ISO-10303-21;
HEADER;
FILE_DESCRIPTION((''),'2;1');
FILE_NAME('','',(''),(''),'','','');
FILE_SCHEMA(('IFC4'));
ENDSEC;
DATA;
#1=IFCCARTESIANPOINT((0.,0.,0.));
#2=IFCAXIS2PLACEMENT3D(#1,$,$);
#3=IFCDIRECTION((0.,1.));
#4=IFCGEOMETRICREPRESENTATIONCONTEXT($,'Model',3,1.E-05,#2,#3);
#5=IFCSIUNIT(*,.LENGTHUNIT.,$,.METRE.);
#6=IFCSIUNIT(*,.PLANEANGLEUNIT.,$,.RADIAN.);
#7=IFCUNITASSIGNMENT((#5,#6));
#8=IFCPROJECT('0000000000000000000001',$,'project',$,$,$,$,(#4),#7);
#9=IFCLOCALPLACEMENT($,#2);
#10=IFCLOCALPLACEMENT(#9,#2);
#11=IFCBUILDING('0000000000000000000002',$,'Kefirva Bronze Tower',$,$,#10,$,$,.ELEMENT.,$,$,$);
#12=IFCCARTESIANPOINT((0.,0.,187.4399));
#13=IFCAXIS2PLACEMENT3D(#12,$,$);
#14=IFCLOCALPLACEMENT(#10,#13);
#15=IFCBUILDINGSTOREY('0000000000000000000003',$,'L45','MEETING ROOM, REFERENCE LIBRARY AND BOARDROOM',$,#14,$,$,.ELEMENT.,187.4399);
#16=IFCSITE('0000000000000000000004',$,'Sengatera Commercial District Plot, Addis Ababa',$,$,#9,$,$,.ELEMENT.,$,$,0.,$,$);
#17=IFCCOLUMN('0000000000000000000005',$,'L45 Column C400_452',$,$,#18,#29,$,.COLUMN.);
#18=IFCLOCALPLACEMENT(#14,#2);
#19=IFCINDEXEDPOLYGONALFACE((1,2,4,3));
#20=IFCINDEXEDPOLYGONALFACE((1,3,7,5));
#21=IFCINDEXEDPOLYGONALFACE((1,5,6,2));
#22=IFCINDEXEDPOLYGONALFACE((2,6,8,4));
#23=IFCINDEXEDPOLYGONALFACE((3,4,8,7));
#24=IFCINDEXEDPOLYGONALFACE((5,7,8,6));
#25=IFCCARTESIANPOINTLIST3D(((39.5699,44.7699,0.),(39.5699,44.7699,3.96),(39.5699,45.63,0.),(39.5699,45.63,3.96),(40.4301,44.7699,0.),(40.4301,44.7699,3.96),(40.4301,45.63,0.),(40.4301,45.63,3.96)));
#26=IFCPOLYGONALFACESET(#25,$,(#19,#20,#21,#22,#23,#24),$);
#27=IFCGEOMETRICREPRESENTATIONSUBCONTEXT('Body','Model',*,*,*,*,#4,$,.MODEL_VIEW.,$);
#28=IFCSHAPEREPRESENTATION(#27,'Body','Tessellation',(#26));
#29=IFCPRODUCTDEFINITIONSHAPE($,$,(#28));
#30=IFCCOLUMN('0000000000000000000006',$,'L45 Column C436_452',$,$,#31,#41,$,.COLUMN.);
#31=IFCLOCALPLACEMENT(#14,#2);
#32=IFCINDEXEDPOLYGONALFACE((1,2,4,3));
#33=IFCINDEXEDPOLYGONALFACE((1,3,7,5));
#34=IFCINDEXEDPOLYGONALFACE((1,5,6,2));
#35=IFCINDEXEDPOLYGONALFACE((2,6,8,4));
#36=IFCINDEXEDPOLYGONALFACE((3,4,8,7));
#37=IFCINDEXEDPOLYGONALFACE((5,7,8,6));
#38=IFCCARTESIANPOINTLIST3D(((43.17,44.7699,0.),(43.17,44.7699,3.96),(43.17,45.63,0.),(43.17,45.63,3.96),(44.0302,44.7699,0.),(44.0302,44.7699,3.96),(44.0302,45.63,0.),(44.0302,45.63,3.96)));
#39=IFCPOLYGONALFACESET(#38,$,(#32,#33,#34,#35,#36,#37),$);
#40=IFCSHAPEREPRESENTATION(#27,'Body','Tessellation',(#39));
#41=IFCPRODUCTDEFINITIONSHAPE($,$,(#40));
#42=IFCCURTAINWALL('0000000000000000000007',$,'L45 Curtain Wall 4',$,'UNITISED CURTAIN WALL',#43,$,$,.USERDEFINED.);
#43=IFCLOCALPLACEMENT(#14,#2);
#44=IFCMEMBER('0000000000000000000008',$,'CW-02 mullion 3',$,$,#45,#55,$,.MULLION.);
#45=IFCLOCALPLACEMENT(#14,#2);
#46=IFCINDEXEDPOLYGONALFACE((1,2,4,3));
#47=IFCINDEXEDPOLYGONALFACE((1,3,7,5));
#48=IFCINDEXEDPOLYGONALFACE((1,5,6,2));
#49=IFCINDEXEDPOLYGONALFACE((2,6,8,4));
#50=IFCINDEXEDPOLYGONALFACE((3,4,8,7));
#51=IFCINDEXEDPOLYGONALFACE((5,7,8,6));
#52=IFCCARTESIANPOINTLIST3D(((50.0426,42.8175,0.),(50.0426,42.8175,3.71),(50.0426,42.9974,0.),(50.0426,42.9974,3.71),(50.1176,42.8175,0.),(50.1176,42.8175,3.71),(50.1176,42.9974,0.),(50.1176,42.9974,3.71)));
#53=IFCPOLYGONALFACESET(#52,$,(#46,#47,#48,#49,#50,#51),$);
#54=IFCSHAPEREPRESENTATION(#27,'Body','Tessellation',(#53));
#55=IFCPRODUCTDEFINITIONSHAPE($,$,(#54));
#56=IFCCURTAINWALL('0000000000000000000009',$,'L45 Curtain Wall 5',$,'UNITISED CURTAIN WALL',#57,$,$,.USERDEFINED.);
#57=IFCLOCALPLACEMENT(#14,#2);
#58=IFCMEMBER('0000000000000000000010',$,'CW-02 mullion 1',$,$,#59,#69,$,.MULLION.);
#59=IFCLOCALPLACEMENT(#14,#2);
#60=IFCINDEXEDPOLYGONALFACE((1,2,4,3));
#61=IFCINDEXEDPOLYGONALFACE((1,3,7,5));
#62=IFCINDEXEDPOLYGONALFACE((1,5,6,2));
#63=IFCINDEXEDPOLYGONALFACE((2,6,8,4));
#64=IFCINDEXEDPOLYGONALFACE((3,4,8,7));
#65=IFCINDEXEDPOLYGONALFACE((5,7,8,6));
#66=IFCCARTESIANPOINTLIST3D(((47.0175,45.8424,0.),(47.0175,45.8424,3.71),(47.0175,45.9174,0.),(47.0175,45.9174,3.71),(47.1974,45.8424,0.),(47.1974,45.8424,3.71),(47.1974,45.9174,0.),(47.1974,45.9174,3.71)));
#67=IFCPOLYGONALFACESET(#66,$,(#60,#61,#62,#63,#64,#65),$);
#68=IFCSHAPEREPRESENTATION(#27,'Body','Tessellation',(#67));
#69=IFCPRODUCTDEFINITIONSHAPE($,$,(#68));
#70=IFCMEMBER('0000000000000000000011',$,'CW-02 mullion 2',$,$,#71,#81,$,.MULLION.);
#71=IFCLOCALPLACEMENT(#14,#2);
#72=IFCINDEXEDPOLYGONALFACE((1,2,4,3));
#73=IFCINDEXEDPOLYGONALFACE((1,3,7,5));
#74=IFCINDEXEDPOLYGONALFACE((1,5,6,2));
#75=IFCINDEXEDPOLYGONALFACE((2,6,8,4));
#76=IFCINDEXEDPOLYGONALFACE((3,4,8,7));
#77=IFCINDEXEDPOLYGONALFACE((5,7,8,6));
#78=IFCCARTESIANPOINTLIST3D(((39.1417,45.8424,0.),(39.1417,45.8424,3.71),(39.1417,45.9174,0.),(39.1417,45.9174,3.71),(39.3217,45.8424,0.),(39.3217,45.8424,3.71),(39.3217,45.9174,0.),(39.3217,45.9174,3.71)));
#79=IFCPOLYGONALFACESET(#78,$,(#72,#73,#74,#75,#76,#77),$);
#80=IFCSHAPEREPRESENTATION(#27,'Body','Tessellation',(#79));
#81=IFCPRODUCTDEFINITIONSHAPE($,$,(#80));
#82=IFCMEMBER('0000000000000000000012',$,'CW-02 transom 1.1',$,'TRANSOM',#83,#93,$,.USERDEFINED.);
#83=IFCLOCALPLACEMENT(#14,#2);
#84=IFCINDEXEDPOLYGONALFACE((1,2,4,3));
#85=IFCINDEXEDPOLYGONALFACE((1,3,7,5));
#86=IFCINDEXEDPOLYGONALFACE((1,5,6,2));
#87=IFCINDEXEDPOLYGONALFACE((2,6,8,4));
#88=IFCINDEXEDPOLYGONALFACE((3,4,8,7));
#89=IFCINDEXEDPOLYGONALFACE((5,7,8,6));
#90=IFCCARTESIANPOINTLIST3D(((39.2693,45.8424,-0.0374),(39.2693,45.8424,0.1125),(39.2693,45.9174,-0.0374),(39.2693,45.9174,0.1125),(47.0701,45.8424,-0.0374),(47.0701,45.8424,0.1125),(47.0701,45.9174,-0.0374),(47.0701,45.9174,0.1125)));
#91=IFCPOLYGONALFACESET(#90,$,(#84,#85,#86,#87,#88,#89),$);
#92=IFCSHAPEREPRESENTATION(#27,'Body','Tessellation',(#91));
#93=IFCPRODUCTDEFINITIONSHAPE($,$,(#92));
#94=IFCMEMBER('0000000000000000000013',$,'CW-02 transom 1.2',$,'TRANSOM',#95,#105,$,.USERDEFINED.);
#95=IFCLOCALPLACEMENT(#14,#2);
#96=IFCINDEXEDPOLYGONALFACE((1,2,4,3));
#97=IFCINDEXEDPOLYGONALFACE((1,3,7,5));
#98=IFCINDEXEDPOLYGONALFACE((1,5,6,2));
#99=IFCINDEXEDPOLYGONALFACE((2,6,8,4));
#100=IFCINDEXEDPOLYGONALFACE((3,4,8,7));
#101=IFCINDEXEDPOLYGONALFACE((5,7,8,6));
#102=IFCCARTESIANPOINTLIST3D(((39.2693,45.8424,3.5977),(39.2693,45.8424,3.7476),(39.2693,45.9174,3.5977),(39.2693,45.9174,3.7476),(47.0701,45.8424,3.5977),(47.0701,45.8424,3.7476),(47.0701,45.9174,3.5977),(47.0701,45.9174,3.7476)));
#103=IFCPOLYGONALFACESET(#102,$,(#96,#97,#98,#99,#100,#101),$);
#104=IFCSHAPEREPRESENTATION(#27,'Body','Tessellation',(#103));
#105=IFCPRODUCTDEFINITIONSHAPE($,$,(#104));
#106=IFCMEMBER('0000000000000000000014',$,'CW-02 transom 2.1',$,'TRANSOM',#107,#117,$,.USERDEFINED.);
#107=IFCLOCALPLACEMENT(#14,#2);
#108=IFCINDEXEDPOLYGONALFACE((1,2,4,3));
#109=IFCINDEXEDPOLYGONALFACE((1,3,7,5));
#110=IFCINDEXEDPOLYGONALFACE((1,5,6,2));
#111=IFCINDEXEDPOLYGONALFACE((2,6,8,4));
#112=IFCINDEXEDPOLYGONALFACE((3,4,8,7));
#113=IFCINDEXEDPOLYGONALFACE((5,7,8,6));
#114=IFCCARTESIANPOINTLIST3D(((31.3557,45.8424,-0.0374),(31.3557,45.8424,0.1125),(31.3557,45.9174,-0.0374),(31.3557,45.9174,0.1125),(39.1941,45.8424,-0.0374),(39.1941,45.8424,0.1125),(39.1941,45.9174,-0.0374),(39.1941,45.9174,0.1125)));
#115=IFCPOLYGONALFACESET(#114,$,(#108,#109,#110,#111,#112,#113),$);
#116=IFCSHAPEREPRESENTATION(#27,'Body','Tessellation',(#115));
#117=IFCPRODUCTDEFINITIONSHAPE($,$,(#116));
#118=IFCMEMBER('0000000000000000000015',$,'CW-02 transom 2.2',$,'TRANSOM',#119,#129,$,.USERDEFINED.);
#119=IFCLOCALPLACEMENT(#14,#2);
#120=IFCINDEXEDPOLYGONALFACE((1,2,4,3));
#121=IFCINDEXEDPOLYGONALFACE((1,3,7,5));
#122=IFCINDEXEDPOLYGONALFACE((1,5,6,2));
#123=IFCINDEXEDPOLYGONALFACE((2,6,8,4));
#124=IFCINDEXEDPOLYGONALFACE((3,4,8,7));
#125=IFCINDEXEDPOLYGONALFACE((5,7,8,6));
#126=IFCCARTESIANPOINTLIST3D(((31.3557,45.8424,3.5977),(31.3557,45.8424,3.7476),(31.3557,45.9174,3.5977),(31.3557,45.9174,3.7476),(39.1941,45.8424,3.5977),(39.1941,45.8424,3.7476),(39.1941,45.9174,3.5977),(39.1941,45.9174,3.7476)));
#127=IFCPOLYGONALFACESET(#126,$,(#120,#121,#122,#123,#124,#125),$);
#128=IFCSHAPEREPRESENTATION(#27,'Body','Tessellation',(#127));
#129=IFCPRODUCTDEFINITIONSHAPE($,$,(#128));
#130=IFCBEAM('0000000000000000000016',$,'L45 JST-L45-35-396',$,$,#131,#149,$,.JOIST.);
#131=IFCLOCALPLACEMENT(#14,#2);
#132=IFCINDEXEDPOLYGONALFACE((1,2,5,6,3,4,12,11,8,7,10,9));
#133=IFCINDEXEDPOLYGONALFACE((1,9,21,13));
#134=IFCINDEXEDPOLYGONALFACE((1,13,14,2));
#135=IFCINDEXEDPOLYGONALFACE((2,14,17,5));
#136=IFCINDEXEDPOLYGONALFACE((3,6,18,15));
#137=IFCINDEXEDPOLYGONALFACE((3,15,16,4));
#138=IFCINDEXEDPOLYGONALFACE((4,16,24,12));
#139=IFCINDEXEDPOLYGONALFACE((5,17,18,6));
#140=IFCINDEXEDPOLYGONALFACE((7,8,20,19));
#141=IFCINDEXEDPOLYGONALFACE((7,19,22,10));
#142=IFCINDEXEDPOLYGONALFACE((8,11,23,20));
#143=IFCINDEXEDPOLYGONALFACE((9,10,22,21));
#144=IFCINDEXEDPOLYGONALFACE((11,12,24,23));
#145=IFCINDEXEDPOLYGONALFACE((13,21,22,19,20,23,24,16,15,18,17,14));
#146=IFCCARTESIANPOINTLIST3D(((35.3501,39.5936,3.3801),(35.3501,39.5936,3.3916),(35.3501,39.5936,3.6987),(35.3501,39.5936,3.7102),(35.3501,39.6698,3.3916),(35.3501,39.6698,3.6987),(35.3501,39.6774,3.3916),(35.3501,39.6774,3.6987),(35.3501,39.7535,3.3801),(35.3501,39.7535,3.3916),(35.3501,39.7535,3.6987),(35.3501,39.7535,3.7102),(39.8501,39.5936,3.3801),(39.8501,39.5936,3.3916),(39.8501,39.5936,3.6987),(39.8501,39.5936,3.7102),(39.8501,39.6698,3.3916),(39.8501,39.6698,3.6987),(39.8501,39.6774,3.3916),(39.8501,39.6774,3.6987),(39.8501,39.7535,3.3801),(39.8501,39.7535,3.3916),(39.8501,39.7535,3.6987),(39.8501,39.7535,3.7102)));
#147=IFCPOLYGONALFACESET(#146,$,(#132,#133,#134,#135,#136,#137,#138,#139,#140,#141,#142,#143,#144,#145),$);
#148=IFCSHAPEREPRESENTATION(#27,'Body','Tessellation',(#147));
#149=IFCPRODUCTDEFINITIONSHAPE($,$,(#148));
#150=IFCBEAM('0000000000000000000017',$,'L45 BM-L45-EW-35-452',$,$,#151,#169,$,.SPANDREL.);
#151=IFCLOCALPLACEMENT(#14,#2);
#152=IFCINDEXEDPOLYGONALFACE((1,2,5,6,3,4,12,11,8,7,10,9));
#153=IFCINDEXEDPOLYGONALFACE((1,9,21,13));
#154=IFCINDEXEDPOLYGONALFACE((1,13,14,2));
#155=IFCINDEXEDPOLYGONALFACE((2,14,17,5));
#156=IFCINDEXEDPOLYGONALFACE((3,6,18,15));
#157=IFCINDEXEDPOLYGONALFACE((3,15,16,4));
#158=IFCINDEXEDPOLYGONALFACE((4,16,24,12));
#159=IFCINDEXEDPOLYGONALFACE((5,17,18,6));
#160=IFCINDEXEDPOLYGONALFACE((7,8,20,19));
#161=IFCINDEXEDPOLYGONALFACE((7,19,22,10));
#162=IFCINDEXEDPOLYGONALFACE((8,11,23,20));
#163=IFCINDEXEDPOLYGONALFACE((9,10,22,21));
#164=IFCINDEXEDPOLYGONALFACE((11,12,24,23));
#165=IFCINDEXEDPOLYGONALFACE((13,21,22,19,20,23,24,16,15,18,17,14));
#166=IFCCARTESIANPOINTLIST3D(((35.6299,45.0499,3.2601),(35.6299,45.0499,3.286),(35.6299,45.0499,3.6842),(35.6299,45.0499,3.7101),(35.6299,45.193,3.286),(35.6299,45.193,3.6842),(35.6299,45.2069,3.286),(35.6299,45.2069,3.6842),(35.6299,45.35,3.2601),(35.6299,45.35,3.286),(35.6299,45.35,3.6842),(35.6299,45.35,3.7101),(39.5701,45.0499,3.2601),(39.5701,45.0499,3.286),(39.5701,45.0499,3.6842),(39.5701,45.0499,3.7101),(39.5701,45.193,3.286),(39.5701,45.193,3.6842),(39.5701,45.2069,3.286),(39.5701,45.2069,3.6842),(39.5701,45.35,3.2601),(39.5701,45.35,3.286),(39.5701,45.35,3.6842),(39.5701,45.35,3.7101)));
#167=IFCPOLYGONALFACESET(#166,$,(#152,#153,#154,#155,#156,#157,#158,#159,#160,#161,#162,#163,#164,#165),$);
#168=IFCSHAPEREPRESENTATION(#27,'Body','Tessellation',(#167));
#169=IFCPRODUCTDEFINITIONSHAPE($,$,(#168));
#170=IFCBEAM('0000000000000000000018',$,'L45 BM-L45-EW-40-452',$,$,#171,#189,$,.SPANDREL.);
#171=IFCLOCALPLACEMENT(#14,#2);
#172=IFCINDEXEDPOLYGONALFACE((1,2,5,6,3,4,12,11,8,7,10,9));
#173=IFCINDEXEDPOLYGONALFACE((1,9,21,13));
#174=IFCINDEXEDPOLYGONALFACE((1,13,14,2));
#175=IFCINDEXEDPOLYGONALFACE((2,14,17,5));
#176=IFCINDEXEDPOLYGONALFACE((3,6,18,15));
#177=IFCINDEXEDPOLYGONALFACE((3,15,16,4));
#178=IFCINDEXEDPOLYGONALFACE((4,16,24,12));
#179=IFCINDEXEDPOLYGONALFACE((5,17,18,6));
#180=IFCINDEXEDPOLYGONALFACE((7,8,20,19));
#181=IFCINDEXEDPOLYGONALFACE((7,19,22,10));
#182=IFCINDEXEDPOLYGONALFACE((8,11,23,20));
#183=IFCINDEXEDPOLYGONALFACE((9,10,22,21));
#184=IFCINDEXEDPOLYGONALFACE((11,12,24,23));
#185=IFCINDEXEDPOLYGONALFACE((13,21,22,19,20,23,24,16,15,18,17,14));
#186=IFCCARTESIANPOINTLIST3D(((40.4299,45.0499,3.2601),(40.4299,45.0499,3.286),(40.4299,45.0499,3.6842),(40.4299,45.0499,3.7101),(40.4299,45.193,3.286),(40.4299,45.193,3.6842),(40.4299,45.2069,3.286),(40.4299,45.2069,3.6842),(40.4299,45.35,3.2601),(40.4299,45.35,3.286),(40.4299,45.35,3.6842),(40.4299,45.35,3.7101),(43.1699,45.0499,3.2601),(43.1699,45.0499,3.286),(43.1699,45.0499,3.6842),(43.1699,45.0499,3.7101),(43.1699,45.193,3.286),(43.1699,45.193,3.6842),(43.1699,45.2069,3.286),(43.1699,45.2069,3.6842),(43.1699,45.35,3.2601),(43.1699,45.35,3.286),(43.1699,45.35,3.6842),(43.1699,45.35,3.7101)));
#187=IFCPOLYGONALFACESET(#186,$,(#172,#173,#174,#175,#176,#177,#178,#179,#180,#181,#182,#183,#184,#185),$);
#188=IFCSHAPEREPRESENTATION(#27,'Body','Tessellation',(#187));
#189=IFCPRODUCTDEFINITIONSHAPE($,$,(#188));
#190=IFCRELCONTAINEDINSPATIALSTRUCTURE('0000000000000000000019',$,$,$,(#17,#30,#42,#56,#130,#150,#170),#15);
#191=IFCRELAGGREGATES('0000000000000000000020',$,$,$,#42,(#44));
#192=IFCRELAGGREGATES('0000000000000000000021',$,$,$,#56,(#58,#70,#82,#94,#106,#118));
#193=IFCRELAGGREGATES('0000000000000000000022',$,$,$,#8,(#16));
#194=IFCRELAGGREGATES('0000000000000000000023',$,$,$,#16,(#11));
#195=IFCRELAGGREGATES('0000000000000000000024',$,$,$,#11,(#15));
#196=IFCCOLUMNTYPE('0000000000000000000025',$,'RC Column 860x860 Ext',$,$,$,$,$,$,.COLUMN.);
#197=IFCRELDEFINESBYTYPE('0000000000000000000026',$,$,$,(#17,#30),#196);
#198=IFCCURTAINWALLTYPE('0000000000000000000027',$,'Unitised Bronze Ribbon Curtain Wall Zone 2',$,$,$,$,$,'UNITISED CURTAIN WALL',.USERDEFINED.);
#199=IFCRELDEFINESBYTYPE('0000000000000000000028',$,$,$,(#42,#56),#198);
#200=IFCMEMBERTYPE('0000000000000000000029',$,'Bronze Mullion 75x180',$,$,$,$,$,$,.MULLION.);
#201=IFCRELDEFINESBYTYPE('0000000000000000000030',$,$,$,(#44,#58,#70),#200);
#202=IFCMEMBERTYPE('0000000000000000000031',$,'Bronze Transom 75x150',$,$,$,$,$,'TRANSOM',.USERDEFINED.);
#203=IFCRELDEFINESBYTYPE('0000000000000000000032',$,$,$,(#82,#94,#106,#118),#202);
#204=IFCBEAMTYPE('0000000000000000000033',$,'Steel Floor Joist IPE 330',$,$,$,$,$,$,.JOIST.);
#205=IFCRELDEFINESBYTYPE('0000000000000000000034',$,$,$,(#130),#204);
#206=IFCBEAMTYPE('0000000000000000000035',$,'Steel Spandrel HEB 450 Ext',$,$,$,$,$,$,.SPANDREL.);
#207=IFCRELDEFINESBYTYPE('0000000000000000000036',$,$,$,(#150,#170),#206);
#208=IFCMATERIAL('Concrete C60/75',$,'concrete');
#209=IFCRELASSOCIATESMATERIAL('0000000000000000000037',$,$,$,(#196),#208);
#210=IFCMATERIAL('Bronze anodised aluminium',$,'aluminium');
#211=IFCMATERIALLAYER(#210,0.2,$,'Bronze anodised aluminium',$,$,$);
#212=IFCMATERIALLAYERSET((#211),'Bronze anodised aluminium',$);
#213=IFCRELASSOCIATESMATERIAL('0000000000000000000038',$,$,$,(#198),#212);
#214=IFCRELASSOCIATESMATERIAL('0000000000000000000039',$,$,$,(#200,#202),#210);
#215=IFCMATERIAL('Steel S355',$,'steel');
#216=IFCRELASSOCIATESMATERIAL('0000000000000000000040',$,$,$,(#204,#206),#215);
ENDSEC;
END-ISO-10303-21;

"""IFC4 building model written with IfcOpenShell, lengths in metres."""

from ifc_helpers import new_model, si_unit, direction, frame, origin, origin_2d, place, context, subcontext, project, spatial, rectangle, i_section, extrude, material, layer, layer_set, material_profile, profile_set, type_object, element, aggregate, save


model = new_model("IFC4")

# Units and contexts
model_context = context("Model", 3, precision=1e-05, world=origin(), true_north=direction((0.0, 1.0)))
body_context = subcontext(model_context, "Body", "Model", "MODEL_VIEW")
ifc_project = project(units=[si_unit("LENGTHUNIT", "METRE"), si_unit("PLANEANGLEUNIT", "RADIAN")], contexts=[model_context])

# Site, building, storey
site_placement = place(None, origin())
site = spatial("IfcSite", under=ifc_project, at=site_placement, Name="Sengatera Commercial District Plot, Addis Ababa", CompositionType="ELEMENT", RefElevation=0.0)
building_placement = place(site_placement, origin())
building = spatial("IfcBuilding", under=site, at=building_placement, Name="Kefirva Bronze Tower", CompositionType="ELEMENT")
storey_placement = place(building_placement, frame((0.0, 0.0, 187.4399)))
storey = spatial("IfcBuildingStorey", under=building, at=storey_placement, Name="L45", Description="MEETING ROOM, REFERENCE LIBRARY AND BOARDROOM", CompositionType="ELEMENT", Elevation=187.4399)

# Columns
ifc_material_1 = material(Name="Concrete C60/75", Category="concrete")
ifc_material_profile_1 = material_profile(ifc_material_1, rectangle(XDim=0.8601, YDim=0.8601, at=origin_2d()), Name="RC 860x860")
ifc_profile_set_1 = profile_set([ifc_material_profile_1], Name="Concrete C60/75")
column_type = type_object("IfcColumnType", Name="RC Column 860x860 Ext", PredefinedType="COLUMN", material=ifc_profile_set_1)
for number, where, z_axis, x_axis, name in (
    (1, (40.0, 45.2, 0.0), (0.0, 0.0, 1.0), (1.0, 0.0, 0.0), "L45 Column C400_452"),
    (2, (43.6001, 45.2, 0.0), (0.0, 0.0, 1.0), (1.0, 0.0, 0.0), "L45 Column C436_452"),
):
    element("IfcColumn", number, at=place(storey_placement, frame(where, z_axis=z_axis, x_axis=x_axis)), inside=storey, type_object=column_type, Name=name, PredefinedType="COLUMN", context=body_context, shape_type="SweptSolid", body=[
        extrude(rectangle(XDim=0.8601, YDim=0.8601, at=origin_2d()), origin(), (0.0, 0.0, 1.0), 3.96),
    ])

# Curtain wall, member
ifc_material_2 = material(Name="Bronze anodised aluminium", Category="aluminium")
ifc_layer_1 = layer(ifc_material_2, 0.2, Name="Bronze anodised aluminium")
ifc_layer_set_1 = layer_set([ifc_layer_1], Name="Bronze anodised aluminium")
curtain_wall_type = type_object("IfcCurtainWallType", Name="Unitised Bronze Ribbon Curtain Wall Zone 2", ElementType="UNITISED CURTAIN WALL", PredefinedType="USERDEFINED", material=ifc_layer_set_1)
curtain_wall_1_placement = place(storey_placement, origin())
curtain_wall_1 = element("IfcCurtainWall", 3, at=curtain_wall_1_placement, inside=storey, type_object=curtain_wall_type, Name="L45 Curtain Wall 4", ObjectType="UNITISED CURTAIN WALL", PredefinedType="USERDEFINED")
ifc_material_profile_2 = material_profile(ifc_material_2, rectangle(XDim=0.075, YDim=0.1799, at=origin_2d()), Name="ALU 75x180")
ifc_profile_set_2 = profile_set([ifc_material_profile_2], Name="Bronze anodised aluminium")
member_type_1 = type_object("IfcMemberType", Name="Bronze Mullion 75x180", PredefinedType="MULLION", material=ifc_profile_set_2)
member_1_placement = place(storey_placement, frame((50.0801, 42.9075, 0.0), z_axis=(0.0, 0.0, 1.0), x_axis=(-1.0, 0.0, 0.0)))
member_1 = element("IfcMember", 4, at=member_1_placement, type_object=member_type_1, Name="CW-02 mullion 3", PredefinedType="MULLION", context=body_context, shape_type="SweptSolid", body=[
    extrude(rectangle(XDim=0.075, YDim=0.1799, at=origin_2d()), origin(), (0.0, 0.0, 1.0), 3.71),
])
aggregate(curtain_wall_1, [member_1])

# Curtain wall, members
curtain_wall_2_placement = place(storey_placement, origin())
curtain_wall_2 = element("IfcCurtainWall", 5, at=curtain_wall_2_placement, inside=storey, type_object=curtain_wall_type, Name="L45 Curtain Wall 5", ObjectType="UNITISED CURTAIN WALL", PredefinedType="USERDEFINED")
member_2_placement = place(storey_placement, frame((47.1074, 45.8799, 0.0), z_axis=(0.0, 0.0, 1.0), x_axis=(0.0, -1.0, 0.0)))
member_2 = element("IfcMember", 6, at=member_2_placement, type_object=member_type_1, Name="CW-02 mullion 1", PredefinedType="MULLION", context=body_context, shape_type="SweptSolid", body=[
    extrude(rectangle(XDim=0.075, YDim=0.1799, at=origin_2d()), origin(), (0.0, 0.0, 1.0), 3.71),
])
member_3_placement = place(storey_placement, frame((39.2317, 45.8799, 0.0), z_axis=(0.0, 0.0, 1.0), x_axis=(0.0, -1.0, 0.0)))
member_3 = element("IfcMember", 7, at=member_3_placement, type_object=member_type_1, Name="CW-02 mullion 2", PredefinedType="MULLION", context=body_context, shape_type="SweptSolid", body=[
    extrude(rectangle(XDim=0.075, YDim=0.1799, at=origin_2d()), origin(), (0.0, 0.0, 1.0), 3.71),
])
ifc_material_profile_3 = material_profile(ifc_material_2, rectangle(XDim=0.075, YDim=0.1499, at=origin_2d()), Name="ALU 75x150")
ifc_profile_set_3 = profile_set([ifc_material_profile_3], Name="Bronze anodised aluminium")
member_type_2 = type_object("IfcMemberType", Name="Bronze Transom 75x150", ElementType="TRANSOM", PredefinedType="USERDEFINED", material=ifc_profile_set_3)
member_4_placement = place(storey_placement, frame((47.0701, 45.8799, 0.0376), z_axis=(-1.0, 0.0, 0.0), x_axis=(0.0, -1.0, 0.0)))
member_4 = element("IfcMember", 8, at=member_4_placement, type_object=member_type_2, Name="CW-02 transom 1.1", ObjectType="TRANSOM", PredefinedType="USERDEFINED", context=body_context, shape_type="SweptSolid", body=[
    extrude(rectangle(XDim=0.075, YDim=0.1499, at=origin_2d()), origin(), (0.0, 0.0, 1.0), 7.8008),
])
member_5_placement = place(storey_placement, frame((47.0701, 45.8799, 3.6726), z_axis=(-1.0, 0.0, 0.0), x_axis=(0.0, -1.0, 0.0)))
member_5 = element("IfcMember", 9, at=member_5_placement, type_object=member_type_2, Name="CW-02 transom 1.2", ObjectType="TRANSOM", PredefinedType="USERDEFINED", context=body_context, shape_type="SweptSolid", body=[
    extrude(rectangle(XDim=0.075, YDim=0.1499, at=origin_2d()), origin(), (0.0, 0.0, 1.0), 7.8008),
])
member_6_placement = place(storey_placement, frame((39.1941, 45.8799, 0.0376), z_axis=(-1.0, 0.0, 0.0), x_axis=(0.0, -1.0, 0.0)))
member_6 = element("IfcMember", 10, at=member_6_placement, type_object=member_type_2, Name="CW-02 transom 2.1", ObjectType="TRANSOM", PredefinedType="USERDEFINED", context=body_context, shape_type="SweptSolid", body=[
    extrude(rectangle(XDim=0.075, YDim=0.1499, at=origin_2d()), origin(), (0.0, 0.0, 1.0), 7.8384),
])
member_7_placement = place(storey_placement, frame((39.1941, 45.8799, 3.6726), z_axis=(-1.0, 0.0, 0.0), x_axis=(0.0, -1.0, 0.0)))
member_7 = element("IfcMember", 11, at=member_7_placement, type_object=member_type_2, Name="CW-02 transom 2.2", ObjectType="TRANSOM", PredefinedType="USERDEFINED", context=body_context, shape_type="SweptSolid", body=[
    extrude(rectangle(XDim=0.075, YDim=0.1499, at=origin_2d()), origin(), (0.0, 0.0, 1.0), 7.8384),
])

# Beams
ifc_material_3 = material(Name="Steel S355", Category="steel")
ifc_material_profile_4 = material_profile(ifc_material_3, i_section(OverallWidth=0.1599, OverallDepth=0.3301, WebThickness=0.0076, FlangeThickness=0.0115, at=origin_2d()), Name="IPE 330")
ifc_profile_set_4 = profile_set([ifc_material_profile_4], Name="Steel S355")
beam_type_1 = type_object("IfcBeamType", Name="Steel Floor Joist IPE 330", PredefinedType="JOIST", material=ifc_profile_set_4)
beam_1_placement = place(storey_placement, frame((35.3501, 39.6736, 3.5452), z_axis=(1.0, 0.0, 0.0), x_axis=(0.0, 1.0, 0.0)))
element("IfcBeam", 12, at=beam_1_placement, inside=storey, type_object=beam_type_1, Name="L45 JST-L45-35-396", PredefinedType="JOIST", context=body_context, shape_type="SweptSolid", body=[
    extrude(i_section(OverallWidth=0.1599, OverallDepth=0.3301, WebThickness=0.0076, FlangeThickness=0.0115, at=origin_2d()), origin(), (0.0, 0.0, 1.0), 4.5),
])
ifc_material_profile_5 = material_profile(ifc_material_3, i_section(OverallWidth=0.3, OverallDepth=0.45, WebThickness=0.0139, FlangeThickness=0.0259, at=origin_2d()), Name="HEB 450")
ifc_profile_set_5 = profile_set([ifc_material_profile_5], Name="Steel S355")
beam_type_2 = type_object("IfcBeamType", Name="Steel Spandrel HEB 450 Ext", PredefinedType="SPANDREL", material=ifc_profile_set_5)
beam_2_placement = place(storey_placement, frame((35.6299, 45.2, 3.4851), z_axis=(1.0, 0.0, 0.0), x_axis=(0.0, 1.0, 0.0)))
element("IfcBeam", 13, at=beam_2_placement, inside=storey, type_object=beam_type_2, Name="L45 BM-L45-EW-35-452", PredefinedType="SPANDREL", context=body_context, shape_type="SweptSolid", body=[
    extrude(i_section(OverallWidth=0.3, OverallDepth=0.45, WebThickness=0.0139, FlangeThickness=0.0259, at=origin_2d()), origin(), (0.0, 0.0, 1.0), 3.9402),
])
beam_3_placement = place(storey_placement, frame((40.4299, 45.2, 3.4851), z_axis=(1.0, 0.0, 0.0), x_axis=(0.0, 1.0, 0.0)))
element("IfcBeam", 14, at=beam_3_placement, inside=storey, type_object=beam_type_2, Name="L45 BM-L45-EW-40-452", PredefinedType="SPANDREL", context=body_context, shape_type="SweptSolid", body=[
    extrude(i_section(OverallWidth=0.3, OverallDepth=0.45, WebThickness=0.0139, FlangeThickness=0.0259, at=origin_2d()), origin(), (0.0, 0.0, 1.0), 2.74),
])

aggregate(curtain_wall_2, [member_2, member_3, member_4, member_5, member_6, member_7])

save(model, "model.ifc")
